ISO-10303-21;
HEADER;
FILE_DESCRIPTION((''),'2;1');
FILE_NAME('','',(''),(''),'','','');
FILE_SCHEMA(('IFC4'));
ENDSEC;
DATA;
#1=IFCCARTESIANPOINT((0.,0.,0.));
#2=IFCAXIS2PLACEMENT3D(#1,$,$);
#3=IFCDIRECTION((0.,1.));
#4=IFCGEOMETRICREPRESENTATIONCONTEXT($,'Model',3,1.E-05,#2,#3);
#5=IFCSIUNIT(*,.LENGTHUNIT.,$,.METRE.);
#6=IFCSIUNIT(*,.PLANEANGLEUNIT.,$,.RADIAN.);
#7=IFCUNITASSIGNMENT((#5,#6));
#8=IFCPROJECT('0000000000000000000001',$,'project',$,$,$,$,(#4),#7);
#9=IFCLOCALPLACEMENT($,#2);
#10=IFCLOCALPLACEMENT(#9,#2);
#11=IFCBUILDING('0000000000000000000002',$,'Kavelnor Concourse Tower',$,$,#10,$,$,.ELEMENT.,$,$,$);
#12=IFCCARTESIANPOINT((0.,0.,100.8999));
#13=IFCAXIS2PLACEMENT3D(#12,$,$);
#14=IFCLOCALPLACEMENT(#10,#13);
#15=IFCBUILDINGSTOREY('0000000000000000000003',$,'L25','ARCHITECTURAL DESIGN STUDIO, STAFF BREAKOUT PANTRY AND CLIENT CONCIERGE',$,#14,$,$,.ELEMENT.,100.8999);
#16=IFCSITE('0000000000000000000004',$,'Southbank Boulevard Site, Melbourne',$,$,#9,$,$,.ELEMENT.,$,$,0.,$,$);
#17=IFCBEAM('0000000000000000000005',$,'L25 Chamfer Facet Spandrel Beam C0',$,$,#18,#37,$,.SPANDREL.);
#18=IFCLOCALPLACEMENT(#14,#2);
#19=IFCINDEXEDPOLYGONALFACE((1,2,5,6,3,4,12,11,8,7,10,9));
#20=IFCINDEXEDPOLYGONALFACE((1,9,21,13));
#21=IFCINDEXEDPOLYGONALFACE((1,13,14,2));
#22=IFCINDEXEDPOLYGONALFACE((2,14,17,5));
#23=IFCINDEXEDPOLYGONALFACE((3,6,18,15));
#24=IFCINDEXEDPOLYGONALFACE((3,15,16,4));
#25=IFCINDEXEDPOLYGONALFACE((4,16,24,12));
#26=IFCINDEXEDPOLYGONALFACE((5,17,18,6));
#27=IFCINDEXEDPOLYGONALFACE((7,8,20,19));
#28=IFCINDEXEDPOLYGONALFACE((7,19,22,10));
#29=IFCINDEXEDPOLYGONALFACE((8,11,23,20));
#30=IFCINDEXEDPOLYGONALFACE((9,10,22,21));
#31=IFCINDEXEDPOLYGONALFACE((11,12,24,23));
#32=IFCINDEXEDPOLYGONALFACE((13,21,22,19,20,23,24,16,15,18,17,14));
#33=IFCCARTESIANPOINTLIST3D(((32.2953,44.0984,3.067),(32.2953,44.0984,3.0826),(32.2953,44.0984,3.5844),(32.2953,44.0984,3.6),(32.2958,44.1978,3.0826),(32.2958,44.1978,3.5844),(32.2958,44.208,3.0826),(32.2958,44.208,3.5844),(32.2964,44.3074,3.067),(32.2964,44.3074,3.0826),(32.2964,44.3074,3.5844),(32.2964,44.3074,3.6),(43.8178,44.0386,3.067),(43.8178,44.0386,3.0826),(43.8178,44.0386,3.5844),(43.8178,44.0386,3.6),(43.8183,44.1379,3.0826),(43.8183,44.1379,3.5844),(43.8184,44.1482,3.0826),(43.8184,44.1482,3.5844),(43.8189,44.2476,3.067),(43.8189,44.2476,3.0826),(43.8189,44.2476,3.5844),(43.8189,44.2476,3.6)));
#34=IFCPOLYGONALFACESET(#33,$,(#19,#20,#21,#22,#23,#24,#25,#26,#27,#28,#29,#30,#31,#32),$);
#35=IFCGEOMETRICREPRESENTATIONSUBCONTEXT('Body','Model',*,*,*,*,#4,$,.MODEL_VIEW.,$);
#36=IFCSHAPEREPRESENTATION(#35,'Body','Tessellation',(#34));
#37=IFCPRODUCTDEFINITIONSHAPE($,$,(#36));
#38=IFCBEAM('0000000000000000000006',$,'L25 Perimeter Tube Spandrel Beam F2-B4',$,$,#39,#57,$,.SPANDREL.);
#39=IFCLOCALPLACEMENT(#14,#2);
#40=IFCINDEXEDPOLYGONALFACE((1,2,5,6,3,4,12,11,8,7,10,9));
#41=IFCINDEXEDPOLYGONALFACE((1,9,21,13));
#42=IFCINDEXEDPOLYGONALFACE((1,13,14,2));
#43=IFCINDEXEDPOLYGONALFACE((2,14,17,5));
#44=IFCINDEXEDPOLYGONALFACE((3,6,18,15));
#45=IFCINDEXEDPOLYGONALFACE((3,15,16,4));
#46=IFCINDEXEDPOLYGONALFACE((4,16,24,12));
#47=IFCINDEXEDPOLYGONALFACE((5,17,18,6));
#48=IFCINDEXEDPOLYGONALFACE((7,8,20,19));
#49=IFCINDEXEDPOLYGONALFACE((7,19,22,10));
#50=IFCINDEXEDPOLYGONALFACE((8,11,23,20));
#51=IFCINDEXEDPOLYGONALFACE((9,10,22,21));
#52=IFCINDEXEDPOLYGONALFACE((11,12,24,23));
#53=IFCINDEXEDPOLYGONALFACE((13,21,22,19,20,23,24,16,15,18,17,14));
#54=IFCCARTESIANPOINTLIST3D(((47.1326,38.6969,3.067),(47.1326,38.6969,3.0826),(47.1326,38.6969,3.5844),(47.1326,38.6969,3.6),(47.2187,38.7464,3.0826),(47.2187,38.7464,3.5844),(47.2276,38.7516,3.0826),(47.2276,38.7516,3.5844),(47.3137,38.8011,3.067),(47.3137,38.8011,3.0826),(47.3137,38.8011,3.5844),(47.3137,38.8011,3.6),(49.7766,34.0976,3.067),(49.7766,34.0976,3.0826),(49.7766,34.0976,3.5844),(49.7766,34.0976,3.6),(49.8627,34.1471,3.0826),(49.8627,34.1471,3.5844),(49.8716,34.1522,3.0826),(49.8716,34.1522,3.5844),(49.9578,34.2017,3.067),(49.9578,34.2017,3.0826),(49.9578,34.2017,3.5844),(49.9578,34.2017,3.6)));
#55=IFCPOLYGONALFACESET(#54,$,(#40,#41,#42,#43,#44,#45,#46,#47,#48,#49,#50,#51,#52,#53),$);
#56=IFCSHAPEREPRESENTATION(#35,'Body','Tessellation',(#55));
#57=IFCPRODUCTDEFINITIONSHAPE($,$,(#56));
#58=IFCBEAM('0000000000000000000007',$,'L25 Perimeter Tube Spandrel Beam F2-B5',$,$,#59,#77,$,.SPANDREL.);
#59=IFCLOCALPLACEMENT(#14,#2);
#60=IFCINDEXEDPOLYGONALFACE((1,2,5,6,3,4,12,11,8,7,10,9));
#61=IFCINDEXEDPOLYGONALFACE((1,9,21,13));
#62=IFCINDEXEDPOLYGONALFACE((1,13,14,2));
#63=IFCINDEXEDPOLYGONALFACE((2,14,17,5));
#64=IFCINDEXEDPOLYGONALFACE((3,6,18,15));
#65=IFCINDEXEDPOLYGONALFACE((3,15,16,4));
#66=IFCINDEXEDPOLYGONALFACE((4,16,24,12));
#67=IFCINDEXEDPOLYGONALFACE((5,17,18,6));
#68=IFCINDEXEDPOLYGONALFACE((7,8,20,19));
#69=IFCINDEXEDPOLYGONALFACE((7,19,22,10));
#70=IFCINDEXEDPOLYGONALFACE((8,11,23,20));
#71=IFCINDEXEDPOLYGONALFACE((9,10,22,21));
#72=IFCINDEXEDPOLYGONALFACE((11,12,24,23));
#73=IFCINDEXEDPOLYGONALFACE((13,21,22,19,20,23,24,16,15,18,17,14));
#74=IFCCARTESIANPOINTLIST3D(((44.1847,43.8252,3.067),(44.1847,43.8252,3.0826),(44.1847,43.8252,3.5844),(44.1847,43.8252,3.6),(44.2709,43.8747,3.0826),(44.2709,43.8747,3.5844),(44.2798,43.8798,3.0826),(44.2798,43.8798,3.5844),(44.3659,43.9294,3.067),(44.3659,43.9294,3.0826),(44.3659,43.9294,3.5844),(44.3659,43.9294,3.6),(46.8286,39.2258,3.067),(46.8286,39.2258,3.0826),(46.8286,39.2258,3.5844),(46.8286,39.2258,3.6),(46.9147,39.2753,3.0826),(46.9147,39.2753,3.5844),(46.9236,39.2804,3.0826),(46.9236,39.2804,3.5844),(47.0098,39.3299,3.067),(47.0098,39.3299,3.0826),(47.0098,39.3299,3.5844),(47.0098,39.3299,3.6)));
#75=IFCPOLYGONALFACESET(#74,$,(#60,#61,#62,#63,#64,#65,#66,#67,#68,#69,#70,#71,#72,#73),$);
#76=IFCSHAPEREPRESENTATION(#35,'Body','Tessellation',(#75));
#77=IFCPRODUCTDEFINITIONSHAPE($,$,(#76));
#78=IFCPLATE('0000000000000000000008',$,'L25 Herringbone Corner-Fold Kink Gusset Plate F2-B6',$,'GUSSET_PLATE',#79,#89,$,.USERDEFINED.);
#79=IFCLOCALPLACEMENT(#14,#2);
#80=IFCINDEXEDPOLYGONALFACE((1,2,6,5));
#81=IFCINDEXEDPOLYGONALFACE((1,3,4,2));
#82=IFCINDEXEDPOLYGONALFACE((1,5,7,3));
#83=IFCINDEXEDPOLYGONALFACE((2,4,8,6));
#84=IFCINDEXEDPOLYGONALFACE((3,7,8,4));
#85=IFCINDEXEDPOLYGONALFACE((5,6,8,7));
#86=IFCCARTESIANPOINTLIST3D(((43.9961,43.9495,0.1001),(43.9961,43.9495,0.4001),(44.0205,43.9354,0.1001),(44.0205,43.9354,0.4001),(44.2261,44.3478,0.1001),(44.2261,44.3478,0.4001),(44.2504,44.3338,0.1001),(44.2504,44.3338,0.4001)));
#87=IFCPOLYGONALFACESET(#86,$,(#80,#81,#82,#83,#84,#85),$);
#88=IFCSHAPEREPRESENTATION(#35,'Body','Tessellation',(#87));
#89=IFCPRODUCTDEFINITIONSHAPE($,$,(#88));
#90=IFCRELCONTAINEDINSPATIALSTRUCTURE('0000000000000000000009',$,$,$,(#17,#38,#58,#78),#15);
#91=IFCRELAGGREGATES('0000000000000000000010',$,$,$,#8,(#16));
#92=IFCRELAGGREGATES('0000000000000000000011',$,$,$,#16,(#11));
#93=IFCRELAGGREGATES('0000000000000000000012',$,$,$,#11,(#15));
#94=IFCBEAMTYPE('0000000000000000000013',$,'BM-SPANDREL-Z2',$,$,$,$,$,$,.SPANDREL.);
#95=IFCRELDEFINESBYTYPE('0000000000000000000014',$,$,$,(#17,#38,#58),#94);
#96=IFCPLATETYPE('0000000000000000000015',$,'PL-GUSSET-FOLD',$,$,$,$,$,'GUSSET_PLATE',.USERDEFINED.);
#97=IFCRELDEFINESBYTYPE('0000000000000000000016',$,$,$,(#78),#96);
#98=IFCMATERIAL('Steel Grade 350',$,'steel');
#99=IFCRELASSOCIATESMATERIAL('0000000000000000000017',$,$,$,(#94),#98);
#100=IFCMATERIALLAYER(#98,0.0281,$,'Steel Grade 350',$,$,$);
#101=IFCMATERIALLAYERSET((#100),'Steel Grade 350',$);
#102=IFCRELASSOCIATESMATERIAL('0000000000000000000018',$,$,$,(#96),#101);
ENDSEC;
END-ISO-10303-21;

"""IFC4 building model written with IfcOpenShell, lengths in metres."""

from ifc_helpers import new_model, si_unit, direction, frame, origin, origin_2d, place, context, subcontext, project, spatial, rectangle, i_section, extrude, material, layer, layer_set, material_profile, profile_set, type_object, element, save


model = new_model("IFC4")

# Units and contexts
model_context = context("Model", 3, precision=1e-05, world=origin(), true_north=direction((0.0, 1.0)))
body_context = subcontext(model_context, "Body", "Model", "MODEL_VIEW")
ifc_project = project(units=[si_unit("LENGTHUNIT", "METRE"), si_unit("PLANEANGLEUNIT", "RADIAN")], contexts=[model_context])

# Site, building, storey
site_placement = place(None, origin())
site = spatial("IfcSite", under=ifc_project, at=site_placement, Name="Southbank Boulevard Site, Melbourne", CompositionType="ELEMENT", RefElevation=0.0)
building_placement = place(site_placement, origin())
building = spatial("IfcBuilding", under=site, at=building_placement, Name="Kavelnor Concourse Tower", CompositionType="ELEMENT")
storey_placement = place(building_placement, frame((0.0, 0.0, 100.8999)))
storey = spatial("IfcBuildingStorey", under=building, at=storey_placement, Name="L25", Description="ARCHITECTURAL DESIGN STUDIO, STAFF BREAKOUT PANTRY AND CLIENT CONCIERGE", CompositionType="ELEMENT", Elevation=100.8999)

# Shared definitions
ifc_material_1 = material(Name="Steel Grade 350", Category="steel")

# Beams
ifc_material_profile_1 = material_profile(ifc_material_1, i_section(OverallWidth=0.209, OverallDepth=0.533, WebThickness=0.0103, FlangeThickness=0.0156, at=origin_2d()), Name="530UB92")
ifc_profile_set_1 = profile_set([ifc_material_profile_1], Name="Steel Grade 350")
beam_type_1 = type_object("IfcBeamType", Name="BM-SPANDREL-Z2", PredefinedType="SPANDREL", material=ifc_profile_set_1)
beam_1_placement = place(storey_placement, frame((43.8184, 44.1431, 3.3335), z_axis=(-0.999987, 0.005191, 0.0), x_axis=(-0.005191, -0.999987, 0.0)))
element("IfcBeam", 1, at=beam_1_placement, inside=storey, type_object=beam_type_1, Name="L25 Chamfer Facet Spandrel Beam C0", PredefinedType="SPANDREL", context=body_context, shape_type="SweptSolid", body=[
    extrude(i_section(OverallWidth=0.209, OverallDepth=0.533, WebThickness=0.0103, FlangeThickness=0.0156, at=origin_2d()), origin(), (0.0, 0.0, 1.0), 11.5227),
])
for number, where, z_axis, x_axis, name in (
    (2, (49.8672, 34.1497, 3.3335), (-0.498387, 0.866955, 0.0), (-0.866955, -0.498387, 0.0), "L25 Perimeter Tube Spandrel Beam F2-B4"),
    (3, (46.9192, 39.2778, 3.3335), (-0.498353, 0.866974, 0.0), (-0.866974, -0.498353, 0.0), "L25 Perimeter Tube Spandrel Beam F2-B5"),
):
    element("IfcBeam", number, at=place(storey_placement, frame(where, z_axis=z_axis, x_axis=x_axis)), inside=storey, type_object=beam_type_1, Name=name, PredefinedType="SPANDREL", context=body_context, shape_type="SweptSolid", body=[
        extrude(i_section(OverallWidth=0.209, OverallDepth=0.533, WebThickness=0.0103, FlangeThickness=0.0156, at=origin_2d()), origin(), (0.0, 0.0, 1.0), 5.3052),
    ])

# Plate
ifc_layer_1 = layer(ifc_material_1, 0.0281, Name="Steel Grade 350")
ifc_layer_set_1 = layer_set([ifc_layer_1], Name="Steel Grade 350")
plate_type = type_object("IfcPlateType", Name="PL-GUSSET-FOLD", ElementType="GUSSET_PLATE", PredefinedType="USERDEFINED", material=ifc_layer_set_1)
plate_placement = place(storey_placement, frame((44.1233, 44.1416, 0.1001), z_axis=(0.0, 0.0, 1.0), x_axis=(-0.5, -0.866025, 0.0)))
element("IfcPlate", 4, at=plate_placement, inside=storey, type_object=plate_type, Name="L25 Herringbone Corner-Fold Kink Gusset Plate F2-B6", ObjectType="GUSSET_PLATE", PredefinedType="USERDEFINED", context=body_context, shape_type="SweptSolid", body=[
    extrude(rectangle(XDim=0.46, YDim=0.0281, at=origin_2d()), origin(), (0.0, 0.0, 1.0), 0.3),
])

save(model, "model.ifc")
